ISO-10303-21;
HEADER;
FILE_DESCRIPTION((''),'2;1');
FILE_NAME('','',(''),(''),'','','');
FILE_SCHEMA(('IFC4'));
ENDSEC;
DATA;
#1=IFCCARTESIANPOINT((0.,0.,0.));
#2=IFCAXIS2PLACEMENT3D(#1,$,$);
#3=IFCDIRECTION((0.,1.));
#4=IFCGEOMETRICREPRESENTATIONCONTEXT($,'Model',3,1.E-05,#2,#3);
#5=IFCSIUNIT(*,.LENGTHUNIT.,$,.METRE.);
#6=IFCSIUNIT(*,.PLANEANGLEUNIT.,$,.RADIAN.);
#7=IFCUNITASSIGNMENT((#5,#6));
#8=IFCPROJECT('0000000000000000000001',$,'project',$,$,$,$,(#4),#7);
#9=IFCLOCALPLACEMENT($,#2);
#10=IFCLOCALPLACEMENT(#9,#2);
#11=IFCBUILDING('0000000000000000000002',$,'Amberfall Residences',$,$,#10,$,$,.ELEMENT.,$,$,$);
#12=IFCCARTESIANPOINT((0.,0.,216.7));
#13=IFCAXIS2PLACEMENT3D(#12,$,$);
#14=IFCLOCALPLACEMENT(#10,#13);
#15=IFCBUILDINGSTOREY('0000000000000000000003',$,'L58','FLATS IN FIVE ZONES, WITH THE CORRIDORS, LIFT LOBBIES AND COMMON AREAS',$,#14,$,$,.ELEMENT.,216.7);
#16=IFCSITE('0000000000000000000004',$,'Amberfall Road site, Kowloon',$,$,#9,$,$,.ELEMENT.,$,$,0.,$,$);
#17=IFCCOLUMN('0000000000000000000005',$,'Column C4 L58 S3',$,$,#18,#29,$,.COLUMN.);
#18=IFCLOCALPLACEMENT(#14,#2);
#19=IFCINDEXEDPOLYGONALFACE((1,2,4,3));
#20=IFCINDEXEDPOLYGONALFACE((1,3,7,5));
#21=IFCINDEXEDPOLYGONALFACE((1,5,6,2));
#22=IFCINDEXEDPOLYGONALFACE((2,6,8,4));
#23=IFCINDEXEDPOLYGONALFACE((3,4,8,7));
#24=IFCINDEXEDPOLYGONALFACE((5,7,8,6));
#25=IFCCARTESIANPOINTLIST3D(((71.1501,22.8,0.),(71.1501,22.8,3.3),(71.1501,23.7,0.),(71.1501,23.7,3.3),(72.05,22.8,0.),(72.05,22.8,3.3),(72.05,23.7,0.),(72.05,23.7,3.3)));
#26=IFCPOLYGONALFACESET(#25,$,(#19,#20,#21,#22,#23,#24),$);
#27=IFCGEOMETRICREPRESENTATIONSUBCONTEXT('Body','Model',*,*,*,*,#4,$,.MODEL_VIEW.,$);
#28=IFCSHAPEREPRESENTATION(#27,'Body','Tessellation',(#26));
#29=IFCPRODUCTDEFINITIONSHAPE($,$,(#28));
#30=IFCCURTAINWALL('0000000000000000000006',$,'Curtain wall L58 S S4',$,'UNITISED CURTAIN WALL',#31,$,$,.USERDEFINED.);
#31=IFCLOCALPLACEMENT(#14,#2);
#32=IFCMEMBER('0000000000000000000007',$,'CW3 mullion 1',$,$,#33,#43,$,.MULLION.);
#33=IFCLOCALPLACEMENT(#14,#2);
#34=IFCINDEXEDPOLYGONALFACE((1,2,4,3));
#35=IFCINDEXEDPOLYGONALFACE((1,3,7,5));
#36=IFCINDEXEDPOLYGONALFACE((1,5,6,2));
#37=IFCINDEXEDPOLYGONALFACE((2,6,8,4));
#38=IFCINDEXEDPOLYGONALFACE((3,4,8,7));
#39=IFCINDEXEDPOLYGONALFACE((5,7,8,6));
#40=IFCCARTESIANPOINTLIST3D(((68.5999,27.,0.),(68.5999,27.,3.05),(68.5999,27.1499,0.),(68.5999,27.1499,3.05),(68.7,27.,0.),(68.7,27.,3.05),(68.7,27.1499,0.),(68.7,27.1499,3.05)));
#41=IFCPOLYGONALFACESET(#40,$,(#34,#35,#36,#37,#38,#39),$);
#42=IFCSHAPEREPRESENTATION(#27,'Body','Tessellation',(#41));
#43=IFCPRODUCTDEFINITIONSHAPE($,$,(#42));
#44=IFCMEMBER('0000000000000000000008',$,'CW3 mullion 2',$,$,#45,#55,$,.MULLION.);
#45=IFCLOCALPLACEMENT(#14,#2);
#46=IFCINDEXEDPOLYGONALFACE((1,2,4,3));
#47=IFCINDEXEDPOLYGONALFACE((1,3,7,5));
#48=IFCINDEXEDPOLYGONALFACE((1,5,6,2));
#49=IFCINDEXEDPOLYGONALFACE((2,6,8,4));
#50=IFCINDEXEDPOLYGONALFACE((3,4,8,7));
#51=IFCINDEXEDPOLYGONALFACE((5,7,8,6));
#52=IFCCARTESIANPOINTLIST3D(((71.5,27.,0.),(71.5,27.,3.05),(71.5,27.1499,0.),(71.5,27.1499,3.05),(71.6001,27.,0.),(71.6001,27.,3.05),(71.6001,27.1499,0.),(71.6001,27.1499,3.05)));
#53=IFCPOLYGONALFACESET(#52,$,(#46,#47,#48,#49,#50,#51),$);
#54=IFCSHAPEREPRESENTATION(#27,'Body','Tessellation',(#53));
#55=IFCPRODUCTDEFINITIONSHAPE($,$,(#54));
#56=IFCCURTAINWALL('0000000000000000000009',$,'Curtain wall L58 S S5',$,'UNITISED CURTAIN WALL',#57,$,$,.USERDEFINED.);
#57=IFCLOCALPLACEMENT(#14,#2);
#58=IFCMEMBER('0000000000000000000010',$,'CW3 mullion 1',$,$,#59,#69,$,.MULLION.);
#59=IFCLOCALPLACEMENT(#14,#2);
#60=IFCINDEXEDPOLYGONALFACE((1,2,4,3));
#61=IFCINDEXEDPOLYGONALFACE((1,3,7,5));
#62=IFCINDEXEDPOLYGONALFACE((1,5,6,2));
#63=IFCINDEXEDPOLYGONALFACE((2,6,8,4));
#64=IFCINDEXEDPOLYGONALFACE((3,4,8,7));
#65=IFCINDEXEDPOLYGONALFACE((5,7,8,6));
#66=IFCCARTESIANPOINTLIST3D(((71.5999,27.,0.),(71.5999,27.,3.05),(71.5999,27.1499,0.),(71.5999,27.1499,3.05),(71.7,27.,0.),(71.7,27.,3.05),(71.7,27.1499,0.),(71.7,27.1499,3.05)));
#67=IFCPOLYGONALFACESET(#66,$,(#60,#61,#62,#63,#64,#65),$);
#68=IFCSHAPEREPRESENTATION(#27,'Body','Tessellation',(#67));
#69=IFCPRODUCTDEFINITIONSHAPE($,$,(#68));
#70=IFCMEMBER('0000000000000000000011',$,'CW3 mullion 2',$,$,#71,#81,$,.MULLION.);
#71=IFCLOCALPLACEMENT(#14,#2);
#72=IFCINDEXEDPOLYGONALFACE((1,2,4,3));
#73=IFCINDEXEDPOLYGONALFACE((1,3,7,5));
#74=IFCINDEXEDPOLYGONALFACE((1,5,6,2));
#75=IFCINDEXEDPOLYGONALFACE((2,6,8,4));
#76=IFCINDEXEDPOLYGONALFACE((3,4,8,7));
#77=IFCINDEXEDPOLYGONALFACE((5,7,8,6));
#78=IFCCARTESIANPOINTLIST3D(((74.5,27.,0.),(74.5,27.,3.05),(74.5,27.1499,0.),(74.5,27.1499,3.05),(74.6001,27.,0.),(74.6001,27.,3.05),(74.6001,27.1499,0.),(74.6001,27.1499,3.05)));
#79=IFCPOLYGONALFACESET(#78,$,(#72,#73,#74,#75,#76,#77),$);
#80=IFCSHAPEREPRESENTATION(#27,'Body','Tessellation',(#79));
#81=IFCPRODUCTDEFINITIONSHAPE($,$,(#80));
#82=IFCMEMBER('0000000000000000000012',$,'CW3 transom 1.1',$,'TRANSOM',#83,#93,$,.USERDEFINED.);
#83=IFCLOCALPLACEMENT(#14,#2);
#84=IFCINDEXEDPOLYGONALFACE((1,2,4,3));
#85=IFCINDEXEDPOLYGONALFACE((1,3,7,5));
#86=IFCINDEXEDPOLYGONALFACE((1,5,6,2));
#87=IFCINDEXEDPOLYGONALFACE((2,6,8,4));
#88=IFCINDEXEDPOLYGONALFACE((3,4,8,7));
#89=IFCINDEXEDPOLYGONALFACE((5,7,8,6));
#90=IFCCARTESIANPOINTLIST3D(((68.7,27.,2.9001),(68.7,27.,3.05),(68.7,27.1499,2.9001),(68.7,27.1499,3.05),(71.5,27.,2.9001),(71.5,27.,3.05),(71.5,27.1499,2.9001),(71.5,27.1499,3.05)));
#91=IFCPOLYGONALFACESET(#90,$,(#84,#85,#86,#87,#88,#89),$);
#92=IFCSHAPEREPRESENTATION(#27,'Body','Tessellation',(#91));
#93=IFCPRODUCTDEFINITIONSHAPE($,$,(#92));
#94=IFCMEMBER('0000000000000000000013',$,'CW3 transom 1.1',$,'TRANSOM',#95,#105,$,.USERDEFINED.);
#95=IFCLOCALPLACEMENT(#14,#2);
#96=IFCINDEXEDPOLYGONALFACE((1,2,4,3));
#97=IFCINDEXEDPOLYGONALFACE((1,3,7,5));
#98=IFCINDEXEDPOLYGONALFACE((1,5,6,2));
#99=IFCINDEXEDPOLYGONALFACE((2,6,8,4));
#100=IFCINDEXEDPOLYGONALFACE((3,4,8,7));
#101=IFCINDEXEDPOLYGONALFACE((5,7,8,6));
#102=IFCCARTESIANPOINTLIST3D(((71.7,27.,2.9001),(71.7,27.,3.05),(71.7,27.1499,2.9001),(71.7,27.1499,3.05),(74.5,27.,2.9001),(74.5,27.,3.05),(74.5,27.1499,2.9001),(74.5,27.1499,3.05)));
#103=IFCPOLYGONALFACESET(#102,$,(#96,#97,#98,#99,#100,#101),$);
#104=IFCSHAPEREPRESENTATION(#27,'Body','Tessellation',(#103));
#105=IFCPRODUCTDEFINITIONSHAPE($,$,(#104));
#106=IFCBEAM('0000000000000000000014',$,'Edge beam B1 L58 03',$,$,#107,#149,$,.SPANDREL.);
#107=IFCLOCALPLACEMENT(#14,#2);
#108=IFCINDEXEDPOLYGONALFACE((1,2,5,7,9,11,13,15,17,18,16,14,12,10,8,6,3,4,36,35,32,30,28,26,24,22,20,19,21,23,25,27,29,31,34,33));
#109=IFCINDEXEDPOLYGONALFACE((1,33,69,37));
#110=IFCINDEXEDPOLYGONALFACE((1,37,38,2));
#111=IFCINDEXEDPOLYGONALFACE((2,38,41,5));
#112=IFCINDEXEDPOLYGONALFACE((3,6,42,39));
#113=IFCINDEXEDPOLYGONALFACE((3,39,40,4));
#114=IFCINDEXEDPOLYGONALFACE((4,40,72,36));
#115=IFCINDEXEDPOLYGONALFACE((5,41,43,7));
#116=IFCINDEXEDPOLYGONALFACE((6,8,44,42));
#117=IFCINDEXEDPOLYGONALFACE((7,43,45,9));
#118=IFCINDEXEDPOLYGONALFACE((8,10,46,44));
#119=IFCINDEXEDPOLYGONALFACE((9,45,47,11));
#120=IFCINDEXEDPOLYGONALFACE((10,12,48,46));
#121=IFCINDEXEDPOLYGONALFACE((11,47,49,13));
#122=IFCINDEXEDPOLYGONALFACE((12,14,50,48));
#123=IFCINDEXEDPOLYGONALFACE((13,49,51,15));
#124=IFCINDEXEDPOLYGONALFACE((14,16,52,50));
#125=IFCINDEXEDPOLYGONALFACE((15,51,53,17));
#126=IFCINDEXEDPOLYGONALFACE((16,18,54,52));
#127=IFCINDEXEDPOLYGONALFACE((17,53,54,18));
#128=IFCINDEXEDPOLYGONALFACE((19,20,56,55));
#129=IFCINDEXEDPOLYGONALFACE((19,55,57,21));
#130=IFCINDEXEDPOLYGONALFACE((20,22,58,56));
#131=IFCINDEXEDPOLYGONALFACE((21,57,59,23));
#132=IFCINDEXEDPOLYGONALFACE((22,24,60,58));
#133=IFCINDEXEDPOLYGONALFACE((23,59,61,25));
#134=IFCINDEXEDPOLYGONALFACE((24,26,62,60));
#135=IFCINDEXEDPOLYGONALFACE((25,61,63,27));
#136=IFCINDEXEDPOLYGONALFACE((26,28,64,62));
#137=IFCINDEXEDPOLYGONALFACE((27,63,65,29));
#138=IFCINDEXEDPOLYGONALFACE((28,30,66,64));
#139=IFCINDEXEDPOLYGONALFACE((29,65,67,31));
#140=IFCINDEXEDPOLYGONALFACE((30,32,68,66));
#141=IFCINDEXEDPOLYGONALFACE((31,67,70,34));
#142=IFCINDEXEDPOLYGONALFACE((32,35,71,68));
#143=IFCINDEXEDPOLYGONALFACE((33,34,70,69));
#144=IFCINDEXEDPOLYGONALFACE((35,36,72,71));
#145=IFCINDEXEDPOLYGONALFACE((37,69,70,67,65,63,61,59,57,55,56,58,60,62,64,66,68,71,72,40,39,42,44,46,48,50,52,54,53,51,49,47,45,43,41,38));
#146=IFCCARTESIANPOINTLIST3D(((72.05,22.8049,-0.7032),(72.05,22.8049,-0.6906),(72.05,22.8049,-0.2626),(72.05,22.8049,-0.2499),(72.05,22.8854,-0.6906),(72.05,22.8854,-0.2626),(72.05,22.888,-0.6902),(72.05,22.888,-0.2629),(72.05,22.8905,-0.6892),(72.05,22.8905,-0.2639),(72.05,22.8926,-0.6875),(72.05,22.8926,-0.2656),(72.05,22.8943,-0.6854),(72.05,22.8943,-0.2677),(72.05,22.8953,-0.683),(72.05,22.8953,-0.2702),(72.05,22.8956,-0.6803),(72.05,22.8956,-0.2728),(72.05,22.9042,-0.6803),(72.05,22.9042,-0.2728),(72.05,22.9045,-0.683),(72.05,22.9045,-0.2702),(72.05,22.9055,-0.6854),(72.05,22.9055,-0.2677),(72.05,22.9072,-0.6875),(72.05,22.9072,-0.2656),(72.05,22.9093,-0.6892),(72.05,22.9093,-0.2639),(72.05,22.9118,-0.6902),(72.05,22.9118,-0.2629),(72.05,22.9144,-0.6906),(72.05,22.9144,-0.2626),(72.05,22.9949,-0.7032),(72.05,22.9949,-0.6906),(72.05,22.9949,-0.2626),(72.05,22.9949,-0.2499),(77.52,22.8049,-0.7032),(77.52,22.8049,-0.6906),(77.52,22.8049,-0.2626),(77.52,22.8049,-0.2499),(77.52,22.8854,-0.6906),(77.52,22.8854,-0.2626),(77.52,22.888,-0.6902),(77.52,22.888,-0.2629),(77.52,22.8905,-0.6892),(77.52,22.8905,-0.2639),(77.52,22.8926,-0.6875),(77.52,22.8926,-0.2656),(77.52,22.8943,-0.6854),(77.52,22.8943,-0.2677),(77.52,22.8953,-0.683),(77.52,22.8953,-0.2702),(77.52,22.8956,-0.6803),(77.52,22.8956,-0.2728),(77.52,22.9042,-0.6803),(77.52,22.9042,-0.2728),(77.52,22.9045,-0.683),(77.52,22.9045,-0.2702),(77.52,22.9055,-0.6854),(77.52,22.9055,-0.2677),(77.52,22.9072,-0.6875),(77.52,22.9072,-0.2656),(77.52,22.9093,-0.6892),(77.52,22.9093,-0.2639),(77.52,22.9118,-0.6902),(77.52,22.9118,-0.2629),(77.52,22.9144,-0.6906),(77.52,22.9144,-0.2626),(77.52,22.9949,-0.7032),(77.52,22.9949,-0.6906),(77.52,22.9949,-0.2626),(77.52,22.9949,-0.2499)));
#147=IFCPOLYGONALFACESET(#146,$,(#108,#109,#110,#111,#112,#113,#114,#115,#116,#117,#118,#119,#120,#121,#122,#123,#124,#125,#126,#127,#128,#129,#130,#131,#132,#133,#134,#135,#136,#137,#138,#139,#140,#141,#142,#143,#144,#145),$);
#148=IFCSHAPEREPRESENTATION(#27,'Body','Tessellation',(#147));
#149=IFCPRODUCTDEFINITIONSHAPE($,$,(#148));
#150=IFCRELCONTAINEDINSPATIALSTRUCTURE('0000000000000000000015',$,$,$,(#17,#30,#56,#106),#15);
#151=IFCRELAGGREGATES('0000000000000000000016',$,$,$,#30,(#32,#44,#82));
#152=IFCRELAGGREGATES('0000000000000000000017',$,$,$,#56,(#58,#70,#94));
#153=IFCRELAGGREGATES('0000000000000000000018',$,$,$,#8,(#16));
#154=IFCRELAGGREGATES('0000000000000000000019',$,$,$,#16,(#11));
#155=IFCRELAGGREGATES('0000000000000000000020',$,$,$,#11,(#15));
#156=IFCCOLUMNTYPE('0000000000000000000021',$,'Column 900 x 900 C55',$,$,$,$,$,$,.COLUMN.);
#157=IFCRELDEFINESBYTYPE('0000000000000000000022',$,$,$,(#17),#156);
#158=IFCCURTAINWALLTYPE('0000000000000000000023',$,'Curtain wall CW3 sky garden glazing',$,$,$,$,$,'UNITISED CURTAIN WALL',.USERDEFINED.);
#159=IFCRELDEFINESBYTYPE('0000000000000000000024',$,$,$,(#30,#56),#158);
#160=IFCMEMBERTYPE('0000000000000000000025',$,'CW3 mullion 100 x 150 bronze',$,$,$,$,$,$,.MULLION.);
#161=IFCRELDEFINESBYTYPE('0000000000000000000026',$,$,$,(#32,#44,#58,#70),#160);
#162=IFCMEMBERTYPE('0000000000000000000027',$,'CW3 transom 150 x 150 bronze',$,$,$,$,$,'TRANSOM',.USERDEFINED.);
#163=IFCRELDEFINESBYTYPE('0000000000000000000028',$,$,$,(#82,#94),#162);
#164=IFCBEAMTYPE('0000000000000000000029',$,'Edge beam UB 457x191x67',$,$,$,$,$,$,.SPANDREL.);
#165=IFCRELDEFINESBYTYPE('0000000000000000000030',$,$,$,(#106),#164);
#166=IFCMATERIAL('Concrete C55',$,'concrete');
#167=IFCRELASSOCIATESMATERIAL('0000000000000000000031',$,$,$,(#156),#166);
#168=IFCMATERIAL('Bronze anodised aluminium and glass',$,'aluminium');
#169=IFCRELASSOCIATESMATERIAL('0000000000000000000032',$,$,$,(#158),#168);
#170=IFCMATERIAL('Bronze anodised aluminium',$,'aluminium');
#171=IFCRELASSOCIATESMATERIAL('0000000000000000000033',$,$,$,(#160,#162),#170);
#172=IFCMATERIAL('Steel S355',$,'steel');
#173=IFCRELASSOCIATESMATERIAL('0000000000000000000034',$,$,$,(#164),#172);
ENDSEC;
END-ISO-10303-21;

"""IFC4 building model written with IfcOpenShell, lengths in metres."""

from ifc_helpers import new_model, si_unit, direction, frame, origin, origin_2d, place, context, subcontext, project, spatial, rectangle, i_section, extrude, material, material_profile, profile_set, type_object, element, aggregate, save


model = new_model("IFC4")

# Units and contexts
model_context = context("Model", 3, precision=1e-05, world=origin(), true_north=direction((0.0, 1.0)))
body_context = subcontext(model_context, "Body", "Model", "MODEL_VIEW")
ifc_project = project(units=[si_unit("LENGTHUNIT", "METRE"), si_unit("PLANEANGLEUNIT", "RADIAN")], contexts=[model_context])

# Site, building, storey
site_placement = place(None, origin())
site = spatial("IfcSite", under=ifc_project, at=site_placement, Name="Amberfall Road site, Kowloon", CompositionType="ELEMENT", RefElevation=0.0)
building_placement = place(site_placement, origin())
building = spatial("IfcBuilding", under=site, at=building_placement, Name="Amberfall Residences", CompositionType="ELEMENT")
storey_placement = place(building_placement, frame((0.0, 0.0, 216.7)))
storey = spatial("IfcBuildingStorey", under=building, at=storey_placement, Name="L58", Description="FLATS IN FIVE ZONES, WITH THE CORRIDORS, LIFT LOBBIES AND COMMON AREAS", CompositionType="ELEMENT", Elevation=216.7)

# Column
ifc_material_1 = material(Name="Concrete C55", Category="concrete")
ifc_material_profile_1 = material_profile(ifc_material_1, rectangle(XDim=0.8999, YDim=0.8999, at=origin_2d()), Name="Column 900 x 900 C55")
ifc_profile_set_1 = profile_set([ifc_material_profile_1], Name="Concrete C55")
column_type = type_object("IfcColumnType", Name="Column 900 x 900 C55", PredefinedType="COLUMN", material=ifc_profile_set_1)
column_placement = place(storey_placement, frame((71.6001, 23.25, 0.0), z_axis=(0.0, 0.0, 1.0), x_axis=(1.0, 0.0, 0.0)))
element("IfcColumn", 1, at=column_placement, inside=storey, type_object=column_type, Name="Column C4 L58 S3", PredefinedType="COLUMN", context=body_context, shape_type="SweptSolid", body=[
    extrude(rectangle(XDim=0.8999, YDim=0.8999, at=origin_2d()), origin(), (0.0, 0.0, 1.0), 3.3),
])

# Curtain walls, members
ifc_material_2 = material(Name="Bronze anodised aluminium and glass", Category="aluminium")
curtain_wall_type = type_object("IfcCurtainWallType", Name="Curtain wall CW3 sky garden glazing", ElementType="UNITISED CURTAIN WALL", PredefinedType="USERDEFINED", material=ifc_material_2)
curtain_wall_1_placement = place(storey_placement, origin())
curtain_wall_1 = element("IfcCurtainWall", 2, at=curtain_wall_1_placement, inside=storey, type_object=curtain_wall_type, Name="Curtain wall L58 S S4", ObjectType="UNITISED CURTAIN WALL", PredefinedType="USERDEFINED")
ifc_material_3 = material(Name="Bronze anodised aluminium", Category="aluminium")
ifc_material_profile_2 = material_profile(ifc_material_3, rectangle(XDim=0.1499, YDim=0.1001, at=origin_2d()), Name="CW3 mullion 100 x 150 bronze")
ifc_profile_set_2 = profile_set([ifc_material_profile_2], Name="Bronze anodised aluminium")
member_type_1 = type_object("IfcMemberType", Name="CW3 mullion 100 x 150 bronze", PredefinedType="MULLION", material=ifc_profile_set_2)
member_1_placement = place(storey_placement, frame((68.6499, 27.075, 0.0), z_axis=(0.0, 0.0, 1.0), x_axis=(0.0, 1.0, 0.0)))
member_1 = element("IfcMember", 3, at=member_1_placement, type_object=member_type_1, Name="CW3 mullion 1", PredefinedType="MULLION", context=body_context, shape_type="SweptSolid", body=[
    extrude(rectangle(XDim=0.1499, YDim=0.1001, at=origin_2d()), origin(), (0.0, 0.0, 1.0), 3.05),
])
member_2_placement = place(storey_placement, frame((71.55, 27.075, 0.0), z_axis=(0.0, 0.0, 1.0), x_axis=(0.0, 1.0, 0.0)))
member_2 = element("IfcMember", 4, at=member_2_placement, type_object=member_type_1, Name="CW3 mullion 2", PredefinedType="MULLION", context=body_context, shape_type="SweptSolid", body=[
    extrude(rectangle(XDim=0.1499, YDim=0.1001, at=origin_2d()), origin(), (0.0, 0.0, 1.0), 3.05),
])
curtain_wall_2_placement = place(storey_placement, origin())
curtain_wall_2 = element("IfcCurtainWall", 5, at=curtain_wall_2_placement, inside=storey, type_object=curtain_wall_type, Name="Curtain wall L58 S S5", ObjectType="UNITISED CURTAIN WALL", PredefinedType="USERDEFINED")
member_3_placement = place(storey_placement, frame((71.6499, 27.075, 0.0), z_axis=(0.0, 0.0, 1.0), x_axis=(0.0, 1.0, 0.0)))
member_3 = element("IfcMember", 6, at=member_3_placement, type_object=member_type_1, Name="CW3 mullion 1", PredefinedType="MULLION", context=body_context, shape_type="SweptSolid", body=[
    extrude(rectangle(XDim=0.1499, YDim=0.1001, at=origin_2d()), origin(), (0.0, 0.0, 1.0), 3.05),
])
member_4_placement = place(storey_placement, frame((74.55, 27.075, 0.0), z_axis=(0.0, 0.0, 1.0), x_axis=(0.0, 1.0, 0.0)))
member_4 = element("IfcMember", 7, at=member_4_placement, type_object=member_type_1, Name="CW3 mullion 2", PredefinedType="MULLION", context=body_context, shape_type="SweptSolid", body=[
    extrude(rectangle(XDim=0.1499, YDim=0.1001, at=origin_2d()), origin(), (0.0, 0.0, 1.0), 3.05),
])

# Members
ifc_material_profile_3 = material_profile(ifc_material_3, rectangle(XDim=0.1499, YDim=0.1499, at=origin_2d()), Name="CW3 transom 150 x 150 bronze")
ifc_profile_set_3 = profile_set([ifc_material_profile_3], Name="Bronze anodised aluminium")
member_type_2 = type_object("IfcMemberType", Name="CW3 transom 150 x 150 bronze", ElementType="TRANSOM", PredefinedType="USERDEFINED", material=ifc_profile_set_3)
member_5_placement = place(storey_placement, frame((68.7, 27.075, 2.9751), z_axis=(1.0, 0.0, 0.0), x_axis=(0.0, 1.0, 0.0)))
member_5 = element("IfcMember", 8, at=member_5_placement, type_object=member_type_2, Name="CW3 transom 1.1", ObjectType="TRANSOM", PredefinedType="USERDEFINED", context=body_context, shape_type="SweptSolid", body=[
    extrude(rectangle(XDim=0.1499, YDim=0.1499, at=origin_2d()), origin(), (0.0, 0.0, 1.0), 2.8),
])
member_6_placement = place(storey_placement, frame((71.7, 27.075, 2.9751), z_axis=(1.0, 0.0, 0.0), x_axis=(0.0, 1.0, 0.0)))
member_6 = element("IfcMember", 9, at=member_6_placement, type_object=member_type_2, Name="CW3 transom 1.1", ObjectType="TRANSOM", PredefinedType="USERDEFINED", context=body_context, shape_type="SweptSolid", body=[
    extrude(rectangle(XDim=0.1499, YDim=0.1499, at=origin_2d()), origin(), (0.0, 0.0, 1.0), 2.8),
])

# Beam
ifc_material_4 = material(Name="Steel S355", Category="steel")
ifc_material_profile_4 = material_profile(ifc_material_4, i_section(OverallWidth=0.1899, OverallDepth=0.4534, WebThickness=0.0085, FlangeThickness=0.0127, FilletRadius=0.0103, at=origin_2d()), Name="UB 457x191x67")
ifc_profile_set_4 = profile_set([ifc_material_profile_4], Name="Steel S355")
beam_type_1 = type_object("IfcBeamType", Name="Edge beam UB 457x191x67", PredefinedType="SPANDREL", material=ifc_profile_set_4)
beam_1_placement = place(storey_placement, frame((72.05, 22.8999, -0.4766), z_axis=(1.0, 0.0, 0.0), x_axis=(0.0, 1.0, 0.0)))
element("IfcBeam", 10, at=beam_1_placement, inside=storey, type_object=beam_type_1, Name="Edge beam B1 L58 03", PredefinedType="SPANDREL", context=body_context, shape_type="SweptSolid", body=[
    extrude(i_section(OverallWidth=0.1899, OverallDepth=0.4534, WebThickness=0.0085, FlangeThickness=0.0127, FilletRadius=0.0103, at=origin_2d()), origin(), (0.0, 0.0, 1.0), 5.47),
])

aggregate(curtain_wall_1, [member_1, member_2, member_5])
aggregate(curtain_wall_2, [member_3, member_4, member_6])

save(model, "model.ifc")
